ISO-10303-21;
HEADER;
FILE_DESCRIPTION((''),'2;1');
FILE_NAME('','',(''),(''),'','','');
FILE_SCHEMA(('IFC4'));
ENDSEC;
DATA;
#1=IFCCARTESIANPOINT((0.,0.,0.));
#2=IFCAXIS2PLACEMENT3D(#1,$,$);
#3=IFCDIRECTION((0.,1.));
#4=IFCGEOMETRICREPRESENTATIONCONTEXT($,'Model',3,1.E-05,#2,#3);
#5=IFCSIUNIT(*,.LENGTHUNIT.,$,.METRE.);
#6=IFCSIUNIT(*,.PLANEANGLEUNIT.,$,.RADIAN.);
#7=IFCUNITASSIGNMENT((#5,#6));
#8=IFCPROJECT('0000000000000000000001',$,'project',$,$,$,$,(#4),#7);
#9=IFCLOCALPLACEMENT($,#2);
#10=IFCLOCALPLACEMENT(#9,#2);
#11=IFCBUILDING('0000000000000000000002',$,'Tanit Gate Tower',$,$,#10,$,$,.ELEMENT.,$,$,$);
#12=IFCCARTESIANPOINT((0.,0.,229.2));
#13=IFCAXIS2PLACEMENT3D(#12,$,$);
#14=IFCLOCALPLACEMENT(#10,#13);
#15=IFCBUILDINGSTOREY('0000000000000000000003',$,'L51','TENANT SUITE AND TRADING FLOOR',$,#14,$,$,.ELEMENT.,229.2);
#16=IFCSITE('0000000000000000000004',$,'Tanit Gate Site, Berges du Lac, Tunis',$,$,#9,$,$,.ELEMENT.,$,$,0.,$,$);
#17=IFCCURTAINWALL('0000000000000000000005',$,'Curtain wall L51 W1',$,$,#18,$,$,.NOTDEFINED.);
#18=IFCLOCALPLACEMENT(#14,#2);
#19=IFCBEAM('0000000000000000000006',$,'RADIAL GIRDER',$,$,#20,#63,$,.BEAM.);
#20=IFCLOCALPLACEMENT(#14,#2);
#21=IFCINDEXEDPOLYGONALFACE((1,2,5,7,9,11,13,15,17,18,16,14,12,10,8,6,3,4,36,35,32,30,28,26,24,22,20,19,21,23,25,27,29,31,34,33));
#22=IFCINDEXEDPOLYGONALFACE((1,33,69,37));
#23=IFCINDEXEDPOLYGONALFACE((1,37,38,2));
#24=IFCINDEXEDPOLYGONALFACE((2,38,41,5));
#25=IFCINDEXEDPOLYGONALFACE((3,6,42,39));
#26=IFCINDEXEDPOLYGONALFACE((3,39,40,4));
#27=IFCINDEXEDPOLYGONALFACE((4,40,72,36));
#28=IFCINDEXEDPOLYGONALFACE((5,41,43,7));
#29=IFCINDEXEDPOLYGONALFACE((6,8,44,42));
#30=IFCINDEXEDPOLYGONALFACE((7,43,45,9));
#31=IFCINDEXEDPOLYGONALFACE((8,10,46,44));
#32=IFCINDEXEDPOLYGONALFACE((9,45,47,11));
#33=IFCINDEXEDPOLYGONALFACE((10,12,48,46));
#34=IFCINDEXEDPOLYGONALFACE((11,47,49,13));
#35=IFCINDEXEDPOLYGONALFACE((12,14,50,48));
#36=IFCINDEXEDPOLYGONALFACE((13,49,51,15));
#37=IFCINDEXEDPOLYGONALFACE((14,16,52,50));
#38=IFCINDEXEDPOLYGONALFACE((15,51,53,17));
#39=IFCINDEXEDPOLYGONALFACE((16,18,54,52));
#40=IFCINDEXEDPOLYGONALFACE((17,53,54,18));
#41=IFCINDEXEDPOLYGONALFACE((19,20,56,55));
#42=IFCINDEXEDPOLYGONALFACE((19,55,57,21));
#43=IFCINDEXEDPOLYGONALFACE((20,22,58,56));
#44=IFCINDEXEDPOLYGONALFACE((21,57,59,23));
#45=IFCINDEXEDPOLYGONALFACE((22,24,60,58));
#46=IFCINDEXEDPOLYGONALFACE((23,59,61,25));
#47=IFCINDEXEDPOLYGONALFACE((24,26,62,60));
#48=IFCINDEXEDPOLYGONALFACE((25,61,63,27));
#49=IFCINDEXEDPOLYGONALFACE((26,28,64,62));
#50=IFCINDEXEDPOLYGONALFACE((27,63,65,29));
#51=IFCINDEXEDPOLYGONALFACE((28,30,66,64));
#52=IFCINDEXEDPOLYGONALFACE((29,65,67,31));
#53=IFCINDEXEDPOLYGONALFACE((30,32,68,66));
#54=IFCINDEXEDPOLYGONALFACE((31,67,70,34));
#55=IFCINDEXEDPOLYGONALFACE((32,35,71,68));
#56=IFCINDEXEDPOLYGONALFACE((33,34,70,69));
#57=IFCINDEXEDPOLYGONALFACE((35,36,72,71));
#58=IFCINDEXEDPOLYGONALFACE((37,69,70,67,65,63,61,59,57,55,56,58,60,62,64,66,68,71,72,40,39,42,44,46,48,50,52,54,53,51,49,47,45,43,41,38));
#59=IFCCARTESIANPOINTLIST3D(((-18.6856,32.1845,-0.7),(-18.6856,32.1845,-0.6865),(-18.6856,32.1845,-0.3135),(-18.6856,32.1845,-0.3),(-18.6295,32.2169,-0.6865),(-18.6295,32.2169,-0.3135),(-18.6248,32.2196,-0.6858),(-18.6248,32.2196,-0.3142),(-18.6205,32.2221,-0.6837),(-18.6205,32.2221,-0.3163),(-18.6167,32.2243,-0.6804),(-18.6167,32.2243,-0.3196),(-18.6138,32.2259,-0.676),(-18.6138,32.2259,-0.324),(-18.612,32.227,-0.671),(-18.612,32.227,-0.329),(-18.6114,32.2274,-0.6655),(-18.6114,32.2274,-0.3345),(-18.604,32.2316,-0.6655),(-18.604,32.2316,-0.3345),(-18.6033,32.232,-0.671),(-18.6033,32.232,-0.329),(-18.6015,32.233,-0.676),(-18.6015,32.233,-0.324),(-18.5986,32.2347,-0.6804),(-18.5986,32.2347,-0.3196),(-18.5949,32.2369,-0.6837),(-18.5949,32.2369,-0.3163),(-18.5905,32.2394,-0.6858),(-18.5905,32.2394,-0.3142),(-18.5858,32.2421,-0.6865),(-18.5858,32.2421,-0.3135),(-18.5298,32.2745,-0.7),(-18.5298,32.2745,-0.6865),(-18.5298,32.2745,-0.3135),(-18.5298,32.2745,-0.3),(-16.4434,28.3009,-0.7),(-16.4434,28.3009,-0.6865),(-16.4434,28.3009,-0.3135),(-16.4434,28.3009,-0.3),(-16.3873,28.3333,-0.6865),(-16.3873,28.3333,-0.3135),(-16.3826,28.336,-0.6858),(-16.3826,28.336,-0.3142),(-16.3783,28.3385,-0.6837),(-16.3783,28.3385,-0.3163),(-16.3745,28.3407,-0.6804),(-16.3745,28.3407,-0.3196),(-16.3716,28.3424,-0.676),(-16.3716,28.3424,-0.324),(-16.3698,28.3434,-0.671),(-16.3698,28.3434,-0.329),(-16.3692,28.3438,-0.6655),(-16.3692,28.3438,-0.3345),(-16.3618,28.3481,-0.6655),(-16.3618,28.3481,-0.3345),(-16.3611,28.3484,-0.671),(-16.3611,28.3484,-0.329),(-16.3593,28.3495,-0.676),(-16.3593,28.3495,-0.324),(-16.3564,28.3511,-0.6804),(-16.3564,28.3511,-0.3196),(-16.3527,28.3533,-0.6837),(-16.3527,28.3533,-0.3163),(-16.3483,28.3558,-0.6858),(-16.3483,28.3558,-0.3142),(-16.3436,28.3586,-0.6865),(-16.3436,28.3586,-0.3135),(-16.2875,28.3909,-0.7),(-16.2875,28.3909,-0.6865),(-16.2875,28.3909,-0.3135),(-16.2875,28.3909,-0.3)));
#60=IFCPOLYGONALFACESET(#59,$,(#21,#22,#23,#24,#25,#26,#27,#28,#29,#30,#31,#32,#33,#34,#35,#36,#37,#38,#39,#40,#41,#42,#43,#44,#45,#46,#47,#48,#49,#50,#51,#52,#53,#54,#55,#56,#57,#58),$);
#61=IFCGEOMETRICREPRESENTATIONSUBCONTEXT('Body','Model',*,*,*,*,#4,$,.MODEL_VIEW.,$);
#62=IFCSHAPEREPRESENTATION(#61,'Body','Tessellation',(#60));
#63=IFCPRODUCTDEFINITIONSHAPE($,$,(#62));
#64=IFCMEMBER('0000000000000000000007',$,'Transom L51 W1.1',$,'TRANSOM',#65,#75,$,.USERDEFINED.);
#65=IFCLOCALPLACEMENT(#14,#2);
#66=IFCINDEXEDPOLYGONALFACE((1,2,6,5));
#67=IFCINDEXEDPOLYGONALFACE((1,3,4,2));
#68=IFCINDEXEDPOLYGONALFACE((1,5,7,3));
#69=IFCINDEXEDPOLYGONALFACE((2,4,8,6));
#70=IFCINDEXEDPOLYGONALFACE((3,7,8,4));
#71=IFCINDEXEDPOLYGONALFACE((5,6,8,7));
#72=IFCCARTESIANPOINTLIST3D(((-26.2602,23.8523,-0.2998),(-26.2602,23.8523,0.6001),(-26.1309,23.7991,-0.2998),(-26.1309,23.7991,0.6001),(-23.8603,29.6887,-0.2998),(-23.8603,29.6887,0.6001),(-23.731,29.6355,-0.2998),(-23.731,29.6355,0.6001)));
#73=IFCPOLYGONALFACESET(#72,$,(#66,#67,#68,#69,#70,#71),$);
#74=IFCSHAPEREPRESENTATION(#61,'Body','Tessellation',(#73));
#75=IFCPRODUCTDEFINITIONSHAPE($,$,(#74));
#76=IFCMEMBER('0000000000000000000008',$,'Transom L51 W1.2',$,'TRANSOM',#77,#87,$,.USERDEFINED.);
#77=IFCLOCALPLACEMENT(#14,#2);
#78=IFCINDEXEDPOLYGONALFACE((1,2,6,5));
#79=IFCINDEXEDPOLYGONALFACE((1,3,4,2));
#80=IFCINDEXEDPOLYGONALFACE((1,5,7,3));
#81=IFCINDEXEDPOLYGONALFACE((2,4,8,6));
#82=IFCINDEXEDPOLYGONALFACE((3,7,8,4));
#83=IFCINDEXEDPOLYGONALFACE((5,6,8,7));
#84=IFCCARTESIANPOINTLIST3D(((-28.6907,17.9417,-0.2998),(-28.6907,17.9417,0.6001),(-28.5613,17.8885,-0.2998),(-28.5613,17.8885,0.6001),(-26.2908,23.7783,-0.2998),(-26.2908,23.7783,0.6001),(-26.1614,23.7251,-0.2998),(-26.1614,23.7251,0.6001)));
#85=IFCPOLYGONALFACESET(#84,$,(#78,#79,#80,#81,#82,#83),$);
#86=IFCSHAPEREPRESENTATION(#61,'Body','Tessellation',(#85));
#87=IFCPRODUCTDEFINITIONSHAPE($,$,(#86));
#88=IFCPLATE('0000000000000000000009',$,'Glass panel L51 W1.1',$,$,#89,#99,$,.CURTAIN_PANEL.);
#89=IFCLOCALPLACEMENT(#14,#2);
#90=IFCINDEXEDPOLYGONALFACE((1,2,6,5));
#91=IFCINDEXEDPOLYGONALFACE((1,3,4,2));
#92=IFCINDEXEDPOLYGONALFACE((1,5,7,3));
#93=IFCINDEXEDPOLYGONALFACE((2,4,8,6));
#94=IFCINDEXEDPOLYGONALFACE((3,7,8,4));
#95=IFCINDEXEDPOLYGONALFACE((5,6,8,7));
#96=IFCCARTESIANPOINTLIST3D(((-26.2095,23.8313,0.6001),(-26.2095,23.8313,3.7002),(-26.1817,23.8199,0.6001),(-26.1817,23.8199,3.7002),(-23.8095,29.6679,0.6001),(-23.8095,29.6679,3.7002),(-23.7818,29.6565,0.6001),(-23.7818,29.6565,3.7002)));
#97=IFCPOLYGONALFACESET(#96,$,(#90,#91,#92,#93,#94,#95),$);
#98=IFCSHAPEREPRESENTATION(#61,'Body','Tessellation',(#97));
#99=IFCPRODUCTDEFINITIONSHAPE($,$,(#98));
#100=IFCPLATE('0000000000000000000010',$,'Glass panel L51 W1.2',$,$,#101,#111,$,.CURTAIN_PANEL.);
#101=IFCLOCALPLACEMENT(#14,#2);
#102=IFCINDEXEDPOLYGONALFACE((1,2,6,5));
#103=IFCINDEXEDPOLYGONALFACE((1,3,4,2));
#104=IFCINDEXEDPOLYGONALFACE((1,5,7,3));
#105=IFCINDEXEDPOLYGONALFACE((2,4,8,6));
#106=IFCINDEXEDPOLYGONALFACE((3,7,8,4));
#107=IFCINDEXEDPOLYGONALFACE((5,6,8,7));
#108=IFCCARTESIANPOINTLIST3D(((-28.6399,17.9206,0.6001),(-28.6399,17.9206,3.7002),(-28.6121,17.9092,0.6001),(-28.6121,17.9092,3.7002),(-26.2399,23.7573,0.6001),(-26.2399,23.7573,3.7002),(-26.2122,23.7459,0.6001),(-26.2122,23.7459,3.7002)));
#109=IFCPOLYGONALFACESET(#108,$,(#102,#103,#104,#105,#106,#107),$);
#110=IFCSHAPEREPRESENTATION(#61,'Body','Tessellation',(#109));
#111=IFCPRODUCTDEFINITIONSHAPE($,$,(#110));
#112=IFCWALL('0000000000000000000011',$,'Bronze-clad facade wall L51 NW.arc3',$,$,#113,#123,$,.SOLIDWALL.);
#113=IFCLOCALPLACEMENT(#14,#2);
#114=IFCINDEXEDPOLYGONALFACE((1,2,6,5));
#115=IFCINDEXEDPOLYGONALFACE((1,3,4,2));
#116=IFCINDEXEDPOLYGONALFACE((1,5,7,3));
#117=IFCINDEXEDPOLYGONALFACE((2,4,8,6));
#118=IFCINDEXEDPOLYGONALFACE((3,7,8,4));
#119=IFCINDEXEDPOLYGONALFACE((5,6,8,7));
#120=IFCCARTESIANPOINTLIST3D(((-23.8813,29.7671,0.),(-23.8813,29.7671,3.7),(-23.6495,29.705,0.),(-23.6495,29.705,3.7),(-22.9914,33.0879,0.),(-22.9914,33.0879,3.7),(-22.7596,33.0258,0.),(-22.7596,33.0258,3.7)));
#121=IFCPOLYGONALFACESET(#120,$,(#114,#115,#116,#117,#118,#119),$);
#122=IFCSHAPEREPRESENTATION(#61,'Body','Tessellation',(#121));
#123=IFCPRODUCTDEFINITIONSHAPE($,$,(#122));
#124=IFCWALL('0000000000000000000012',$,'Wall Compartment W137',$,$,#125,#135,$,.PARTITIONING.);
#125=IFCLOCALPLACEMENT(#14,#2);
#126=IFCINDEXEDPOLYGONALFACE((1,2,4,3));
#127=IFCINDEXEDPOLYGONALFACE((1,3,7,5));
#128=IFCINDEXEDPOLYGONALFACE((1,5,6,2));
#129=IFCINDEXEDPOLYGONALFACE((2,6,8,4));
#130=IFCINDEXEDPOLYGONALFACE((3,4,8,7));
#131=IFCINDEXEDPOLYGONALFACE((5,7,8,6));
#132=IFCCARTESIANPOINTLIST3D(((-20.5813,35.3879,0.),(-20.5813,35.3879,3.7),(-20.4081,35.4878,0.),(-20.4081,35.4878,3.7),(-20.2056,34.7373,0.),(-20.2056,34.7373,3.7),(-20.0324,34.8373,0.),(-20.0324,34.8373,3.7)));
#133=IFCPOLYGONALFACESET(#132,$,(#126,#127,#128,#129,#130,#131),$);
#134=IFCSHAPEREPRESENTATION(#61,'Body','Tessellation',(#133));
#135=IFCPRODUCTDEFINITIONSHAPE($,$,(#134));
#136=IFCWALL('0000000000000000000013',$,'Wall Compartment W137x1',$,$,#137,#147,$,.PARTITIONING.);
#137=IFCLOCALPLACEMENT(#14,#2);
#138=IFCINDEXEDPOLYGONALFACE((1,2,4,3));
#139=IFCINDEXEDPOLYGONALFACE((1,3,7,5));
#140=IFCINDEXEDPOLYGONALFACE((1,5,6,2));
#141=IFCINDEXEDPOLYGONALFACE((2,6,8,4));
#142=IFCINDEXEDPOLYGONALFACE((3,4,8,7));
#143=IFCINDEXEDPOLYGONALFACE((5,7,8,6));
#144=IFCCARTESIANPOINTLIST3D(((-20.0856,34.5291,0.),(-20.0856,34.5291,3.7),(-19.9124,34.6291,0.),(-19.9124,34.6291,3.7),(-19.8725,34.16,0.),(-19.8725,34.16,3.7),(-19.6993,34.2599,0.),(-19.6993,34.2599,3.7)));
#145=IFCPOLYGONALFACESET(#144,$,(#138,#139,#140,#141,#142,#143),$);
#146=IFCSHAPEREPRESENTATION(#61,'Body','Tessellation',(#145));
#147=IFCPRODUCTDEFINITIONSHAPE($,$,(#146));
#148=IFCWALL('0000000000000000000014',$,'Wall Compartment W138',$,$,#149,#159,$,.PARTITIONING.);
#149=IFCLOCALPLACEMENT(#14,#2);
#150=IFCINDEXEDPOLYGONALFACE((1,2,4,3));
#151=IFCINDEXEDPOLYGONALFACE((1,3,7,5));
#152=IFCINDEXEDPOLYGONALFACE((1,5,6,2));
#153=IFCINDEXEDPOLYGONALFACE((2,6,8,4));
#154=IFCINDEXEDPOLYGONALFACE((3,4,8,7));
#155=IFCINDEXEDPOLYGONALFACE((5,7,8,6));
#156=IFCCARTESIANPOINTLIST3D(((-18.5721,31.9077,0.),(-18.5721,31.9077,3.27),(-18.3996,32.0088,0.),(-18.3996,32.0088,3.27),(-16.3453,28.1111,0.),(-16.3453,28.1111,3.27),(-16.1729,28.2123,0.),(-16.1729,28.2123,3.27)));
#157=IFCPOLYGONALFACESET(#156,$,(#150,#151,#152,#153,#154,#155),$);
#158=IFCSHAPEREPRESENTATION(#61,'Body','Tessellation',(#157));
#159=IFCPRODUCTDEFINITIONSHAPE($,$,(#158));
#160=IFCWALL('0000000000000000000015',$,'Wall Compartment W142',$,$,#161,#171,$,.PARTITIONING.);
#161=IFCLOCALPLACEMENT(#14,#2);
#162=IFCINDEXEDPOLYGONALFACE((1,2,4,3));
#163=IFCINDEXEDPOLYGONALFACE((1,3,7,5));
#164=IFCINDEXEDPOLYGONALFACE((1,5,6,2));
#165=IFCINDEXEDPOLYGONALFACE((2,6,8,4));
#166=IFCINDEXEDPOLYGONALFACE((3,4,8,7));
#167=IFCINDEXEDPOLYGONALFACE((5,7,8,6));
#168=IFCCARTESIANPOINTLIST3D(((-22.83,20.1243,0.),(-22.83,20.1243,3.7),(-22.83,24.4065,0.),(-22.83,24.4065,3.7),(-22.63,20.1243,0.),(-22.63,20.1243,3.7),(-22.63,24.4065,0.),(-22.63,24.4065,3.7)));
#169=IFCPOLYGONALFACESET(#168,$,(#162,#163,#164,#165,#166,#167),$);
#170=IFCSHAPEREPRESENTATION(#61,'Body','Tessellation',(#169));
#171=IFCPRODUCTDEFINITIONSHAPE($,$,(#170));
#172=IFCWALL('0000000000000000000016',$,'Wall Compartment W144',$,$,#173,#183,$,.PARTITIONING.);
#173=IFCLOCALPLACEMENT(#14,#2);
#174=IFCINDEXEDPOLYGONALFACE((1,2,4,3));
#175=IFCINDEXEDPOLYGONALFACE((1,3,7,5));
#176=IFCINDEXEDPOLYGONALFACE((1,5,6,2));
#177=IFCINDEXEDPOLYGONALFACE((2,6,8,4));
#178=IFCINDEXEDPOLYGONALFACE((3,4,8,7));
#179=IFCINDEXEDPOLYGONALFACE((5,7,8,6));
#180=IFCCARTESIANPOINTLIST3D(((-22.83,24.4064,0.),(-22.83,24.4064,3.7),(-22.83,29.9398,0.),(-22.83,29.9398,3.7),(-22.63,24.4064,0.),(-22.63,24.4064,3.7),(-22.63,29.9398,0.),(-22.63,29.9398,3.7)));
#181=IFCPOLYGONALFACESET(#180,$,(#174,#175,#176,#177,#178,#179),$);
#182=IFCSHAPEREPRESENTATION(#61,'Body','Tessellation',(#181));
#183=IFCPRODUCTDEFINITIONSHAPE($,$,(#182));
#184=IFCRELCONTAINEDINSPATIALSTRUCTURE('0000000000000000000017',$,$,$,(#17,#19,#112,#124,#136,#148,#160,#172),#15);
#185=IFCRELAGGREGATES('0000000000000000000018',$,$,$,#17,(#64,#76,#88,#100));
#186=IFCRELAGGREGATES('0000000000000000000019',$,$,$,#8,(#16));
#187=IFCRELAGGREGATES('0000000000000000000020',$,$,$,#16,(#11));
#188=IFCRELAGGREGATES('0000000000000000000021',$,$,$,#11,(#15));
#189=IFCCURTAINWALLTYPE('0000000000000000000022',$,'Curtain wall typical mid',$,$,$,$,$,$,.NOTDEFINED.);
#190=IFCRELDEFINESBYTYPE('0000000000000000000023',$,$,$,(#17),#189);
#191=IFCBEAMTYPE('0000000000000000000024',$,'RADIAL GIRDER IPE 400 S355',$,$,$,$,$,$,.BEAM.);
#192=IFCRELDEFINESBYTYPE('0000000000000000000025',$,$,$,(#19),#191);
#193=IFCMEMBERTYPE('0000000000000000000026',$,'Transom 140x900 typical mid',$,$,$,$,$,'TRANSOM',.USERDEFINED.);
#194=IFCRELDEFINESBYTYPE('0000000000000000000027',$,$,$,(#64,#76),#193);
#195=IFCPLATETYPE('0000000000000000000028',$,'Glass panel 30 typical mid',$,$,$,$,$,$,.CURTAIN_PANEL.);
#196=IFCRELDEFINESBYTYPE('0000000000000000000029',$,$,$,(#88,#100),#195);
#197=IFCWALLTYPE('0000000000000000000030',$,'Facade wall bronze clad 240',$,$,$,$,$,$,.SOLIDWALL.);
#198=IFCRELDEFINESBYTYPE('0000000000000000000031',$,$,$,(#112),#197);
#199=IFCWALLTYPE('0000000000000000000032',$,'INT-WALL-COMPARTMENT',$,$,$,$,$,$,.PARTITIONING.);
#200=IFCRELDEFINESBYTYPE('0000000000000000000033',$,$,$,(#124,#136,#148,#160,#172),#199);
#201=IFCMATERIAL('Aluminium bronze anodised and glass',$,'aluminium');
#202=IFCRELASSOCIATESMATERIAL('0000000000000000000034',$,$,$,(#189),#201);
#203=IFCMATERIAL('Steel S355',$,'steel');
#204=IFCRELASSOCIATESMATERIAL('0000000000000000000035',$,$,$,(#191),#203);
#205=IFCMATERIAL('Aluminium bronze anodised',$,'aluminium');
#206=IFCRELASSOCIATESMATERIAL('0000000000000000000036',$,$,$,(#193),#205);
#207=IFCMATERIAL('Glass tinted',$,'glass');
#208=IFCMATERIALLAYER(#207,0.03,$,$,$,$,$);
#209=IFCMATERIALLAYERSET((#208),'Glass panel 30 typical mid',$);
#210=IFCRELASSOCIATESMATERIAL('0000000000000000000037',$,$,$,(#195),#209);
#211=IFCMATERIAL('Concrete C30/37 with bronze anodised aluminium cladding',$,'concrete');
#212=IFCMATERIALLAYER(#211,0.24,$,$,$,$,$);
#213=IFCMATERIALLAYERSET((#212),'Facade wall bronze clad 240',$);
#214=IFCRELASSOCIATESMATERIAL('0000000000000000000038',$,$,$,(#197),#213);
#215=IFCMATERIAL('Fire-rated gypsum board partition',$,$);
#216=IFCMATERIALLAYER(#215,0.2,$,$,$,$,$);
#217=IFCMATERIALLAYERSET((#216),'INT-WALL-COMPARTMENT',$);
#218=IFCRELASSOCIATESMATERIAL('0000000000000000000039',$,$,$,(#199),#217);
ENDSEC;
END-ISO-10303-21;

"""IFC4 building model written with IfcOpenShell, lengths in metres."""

from ifc_helpers import new_model, si_unit, direction, frame, frame_2d, origin, origin_2d, place, context, subcontext, project, spatial, rectangle, i_section, extrude, material, layer, layer_set, material_profile, profile_set, type_object, element, aggregate, save


model = new_model("IFC4")

# Units and contexts
model_context = context("Model", 3, precision=1e-05, world=origin(), true_north=direction((0.0, 1.0)))
body_context = subcontext(model_context, "Body", "Model", "MODEL_VIEW")
ifc_project = project(units=[si_unit("LENGTHUNIT", "METRE"), si_unit("PLANEANGLEUNIT", "RADIAN")], contexts=[model_context])

# Site, building, storey
site_placement = place(None, origin())
site = spatial("IfcSite", under=ifc_project, at=site_placement, Name="Tanit Gate Site, Berges du Lac, Tunis", CompositionType="ELEMENT", RefElevation=0.0)
building_placement = place(site_placement, origin())
building = spatial("IfcBuilding", under=site, at=building_placement, Name="Tanit Gate Tower", CompositionType="ELEMENT")
storey_placement = place(building_placement, frame((0.0, 0.0, 229.2)))
storey = spatial("IfcBuildingStorey", under=building, at=storey_placement, Name="L51", Description="TENANT SUITE AND TRADING FLOOR", CompositionType="ELEMENT", Elevation=229.2)

# Curtain wall
ifc_material_1 = material(Name="Aluminium bronze anodised and glass", Category="aluminium")
curtain_wall_type = type_object("IfcCurtainWallType", Name="Curtain wall typical mid", PredefinedType="NOTDEFINED", material=ifc_material_1)
curtain_wall_placement = place(storey_placement, origin())
curtain_wall = element("IfcCurtainWall", 1, at=curtain_wall_placement, inside=storey, type_object=curtain_wall_type, Name="Curtain wall L51 W1", PredefinedType="NOTDEFINED")

# Beam
ifc_material_2 = material(Name="Steel S355", Category="steel")
ifc_material_profile_1 = material_profile(ifc_material_2, i_section(OverallWidth=0.1799, OverallDepth=0.3999, WebThickness=0.0085, FlangeThickness=0.0134, FilletRadius=0.021, at=origin_2d()), Name="IPE 400")
ifc_profile_set_1 = profile_set([ifc_material_profile_1], Name="Steel S355")
beam_type_1 = type_object("IfcBeamType", Name="RADIAL GIRDER IPE 400 S355", PredefinedType="BEAM", material=ifc_profile_set_1)
beam_1_placement = place(storey_placement, frame((-18.6077, 32.2295, -0.5), z_axis=(0.500004, -0.866023, 0.0), x_axis=(0.866023, 0.500004, 0.0)))
element("IfcBeam", 2, at=beam_1_placement, inside=storey, type_object=beam_type_1, Name="RADIAL GIRDER", PredefinedType="BEAM", context=body_context, shape_type="SweptSolid", body=[
    extrude(i_section(OverallWidth=0.1799, OverallDepth=0.3999, WebThickness=0.0085, FlangeThickness=0.0134, FilletRadius=0.021, at=origin_2d()), origin(), (0.0, 0.0, 1.0), 4.4844),
])

# Members
ifc_material_3 = material(Name="Aluminium bronze anodised", Category="aluminium")
ifc_material_profile_2 = material_profile(ifc_material_3, rectangle(XDim=0.1399, YDim=0.8999, at=origin_2d()), Name="140x900 bronze transom")
ifc_profile_set_2 = profile_set([ifc_material_profile_2], Name="Aluminium bronze anodised")
member_type_1 = type_object("IfcMemberType", Name="Transom 140x900 typical mid", ElementType="TRANSOM", PredefinedType="USERDEFINED", material=ifc_profile_set_2)
member_1_placement = place(storey_placement, frame((-23.7957, 29.6621, 0.1501), z_axis=(-0.380298, -0.924864, 0.0), x_axis=(0.924864, -0.380298, 0.0)))
member_1 = element("IfcMember", 3, at=member_1_placement, type_object=member_type_1, Name="Transom L51 W1.1", ObjectType="TRANSOM", PredefinedType="USERDEFINED", context=body_context, shape_type="SweptSolid", body=[
    extrude(rectangle(XDim=0.1399, YDim=0.8999, at=origin_2d()), origin(), (0.0, 0.0, 1.0), 6.3105),
])
member_2_placement = place(storey_placement, frame((-26.2261, 23.7517, 0.1501), z_axis=(-0.380285, -0.924869, 0.0), x_axis=(0.924869, -0.380285, 0.0)))
member_2 = element("IfcMember", 4, at=member_2_placement, type_object=member_type_1, Name="Transom L51 W1.2", ObjectType="TRANSOM", PredefinedType="USERDEFINED", context=body_context, shape_type="SweptSolid", body=[
    extrude(rectangle(XDim=0.1399, YDim=0.8999, at=origin_2d()), origin(), (0.0, 0.0, 1.0), 6.3108),
])

# Plates
ifc_material_4 = material(Name="Glass tinted", Category="glass")
ifc_layer_1 = layer(ifc_material_4, 0.03)
ifc_layer_set_1 = layer_set([ifc_layer_1], Name="Glass panel 30 typical mid")
plate_type = type_object("IfcPlateType", Name="Glass panel 30 typical mid", PredefinedType="CURTAIN_PANEL", material=ifc_layer_set_1)
plate_1_placement = place(storey_placement, frame((-24.9956, 26.7439, 0.6001), z_axis=(0.0, 0.0, 1.0), x_axis=(-0.38029, -0.924867, 0.0)))
plate_1 = element("IfcPlate", 5, at=plate_1_placement, type_object=plate_type, Name="Glass panel L51 W1.1", PredefinedType="CURTAIN_PANEL", context=body_context, shape_type="SweptSolid", body=[
    extrude(rectangle(XDim=6.3108, YDim=0.03, at=origin_2d()), origin(), (0.0, 0.0, 1.0), 3.1001),
])
plate_2_placement = place(storey_placement, frame((-27.426, 20.8333, 0.6001), z_axis=(0.0, 0.0, 1.0), x_axis=(-0.38029, -0.924867, 0.0)))
plate_2 = element("IfcPlate", 6, at=plate_2_placement, type_object=plate_type, Name="Glass panel L51 W1.2", PredefinedType="CURTAIN_PANEL", context=body_context, shape_type="SweptSolid", body=[
    extrude(rectangle(XDim=6.3108, YDim=0.03, at=origin_2d()), origin(), (0.0, 0.0, 1.0), 3.1001),
])
aggregate(curtain_wall, [member_1, member_2, plate_1, plate_2])

# Walls
ifc_material_5 = material(Name="Concrete C30/37 with bronze anodised aluminium cladding", Category="concrete")
ifc_layer_2 = layer(ifc_material_5, 0.24)
ifc_layer_set_2 = layer_set([ifc_layer_2], Name="Facade wall bronze clad 240")
wall_type_1 = type_object("IfcWallType", Name="Facade wall bronze clad 240", PredefinedType="SOLIDWALL", material=ifc_layer_set_2)
wall_1_placement = place(storey_placement, frame((-22.8755, 33.0569, 0.0), z_axis=(0.0, 0.0, 1.0), x_axis=(-0.258843, -0.96592, 0.0)))
element("IfcWall", 7, at=wall_1_placement, inside=storey, type_object=wall_type_1, Name="Bronze-clad facade wall L51 NW.arc3", PredefinedType="SOLIDWALL", context=body_context, shape_type="SweptSolid", body=[
    extrude(rectangle(XDim=3.438, YDim=0.24, at=frame_2d((1.719, 0.0))), origin(), (0.0, 0.0, 1.0), 3.7),
])
ifc_material_6 = material(Name="Fire-rated gypsum board partition")
ifc_layer_3 = layer(ifc_material_6, 0.2)
ifc_layer_set_3 = layer_set([ifc_layer_3], Name="INT-WALL-COMPARTMENT")
wall_type_2 = type_object("IfcWallType", Name="INT-WALL-COMPARTMENT", PredefinedType="PARTITIONING", material=ifc_layer_set_3)
wall_2_placement = place(storey_placement, frame((-20.4946, 35.4377, 0.0), z_axis=(0.0, 0.0, 1.0), x_axis=(0.500088, -0.865975, 0.0)))
element("IfcWall", 8, at=wall_2_placement, inside=storey, type_object=wall_type_2, Name="Wall Compartment W137", PredefinedType="PARTITIONING", context=body_context, shape_type="SweptSolid", body=[
    extrude(rectangle(XDim=0.7512, YDim=0.2, at=frame_2d((0.3755, 0.0))), origin(), (0.0, 0.0, 1.0), 3.7),
])
wall_3_placement = place(storey_placement, frame((-19.999, 34.5791, 0.0), z_axis=(0.0, 0.0, 1.0), x_axis=(0.50002, -0.866014, 0.0)))
element("IfcWall", 9, at=wall_3_placement, inside=storey, type_object=wall_type_2, Name="Wall Compartment W137x1", PredefinedType="PARTITIONING", context=body_context, shape_type="SweptSolid", body=[
    extrude(rectangle(XDim=0.4263, YDim=0.2, at=frame_2d((0.2131, 0.0))), origin(), (0.0, 0.0, 1.0), 3.7),
])
wall_4_placement = place(storey_placement, frame((-18.4858, 31.9583, 0.0), z_axis=(0.0, 0.0, 1.0), x_axis=(0.505922, -0.862579, 0.0)))
element("IfcWall", 10, at=wall_4_placement, inside=storey, type_object=wall_type_2, Name="Wall Compartment W138", PredefinedType="PARTITIONING", context=body_context, shape_type="SweptSolid", body=[
    extrude(rectangle(XDim=4.4014, YDim=0.2, at=frame_2d((2.2007, 0.0))), origin(), (0.0, 0.0, 1.0), 3.27),
])
wall_5_placement = place(storey_placement, frame((-22.73, 20.1243, 0.0), z_axis=(0.0, 0.0, 1.0), x_axis=(0.0, 1.0, 0.0)))
element("IfcWall", 11, at=wall_5_placement, inside=storey, type_object=wall_type_2, Name="Wall Compartment W142", PredefinedType="PARTITIONING", context=body_context, shape_type="SweptSolid", body=[
    extrude(rectangle(XDim=4.2822, YDim=0.2, at=frame_2d((2.1411, 0.0))), origin(), (0.0, 0.0, 1.0), 3.7),
])
wall_6_placement = place(storey_placement, frame((-22.73, 24.4065, 0.0), z_axis=(0.0, 0.0, 1.0), x_axis=(0.0, 1.0, 0.0)))
element("IfcWall", 12, at=wall_6_placement, inside=storey, type_object=wall_type_2, Name="Wall Compartment W144", PredefinedType="PARTITIONING", context=body_context, shape_type="SweptSolid", body=[
    extrude(rectangle(XDim=5.5334, YDim=0.2, at=frame_2d((2.7666, 0.0))), origin(), (0.0, 0.0, 1.0), 3.7),
])

save(model, "model.ifc")
